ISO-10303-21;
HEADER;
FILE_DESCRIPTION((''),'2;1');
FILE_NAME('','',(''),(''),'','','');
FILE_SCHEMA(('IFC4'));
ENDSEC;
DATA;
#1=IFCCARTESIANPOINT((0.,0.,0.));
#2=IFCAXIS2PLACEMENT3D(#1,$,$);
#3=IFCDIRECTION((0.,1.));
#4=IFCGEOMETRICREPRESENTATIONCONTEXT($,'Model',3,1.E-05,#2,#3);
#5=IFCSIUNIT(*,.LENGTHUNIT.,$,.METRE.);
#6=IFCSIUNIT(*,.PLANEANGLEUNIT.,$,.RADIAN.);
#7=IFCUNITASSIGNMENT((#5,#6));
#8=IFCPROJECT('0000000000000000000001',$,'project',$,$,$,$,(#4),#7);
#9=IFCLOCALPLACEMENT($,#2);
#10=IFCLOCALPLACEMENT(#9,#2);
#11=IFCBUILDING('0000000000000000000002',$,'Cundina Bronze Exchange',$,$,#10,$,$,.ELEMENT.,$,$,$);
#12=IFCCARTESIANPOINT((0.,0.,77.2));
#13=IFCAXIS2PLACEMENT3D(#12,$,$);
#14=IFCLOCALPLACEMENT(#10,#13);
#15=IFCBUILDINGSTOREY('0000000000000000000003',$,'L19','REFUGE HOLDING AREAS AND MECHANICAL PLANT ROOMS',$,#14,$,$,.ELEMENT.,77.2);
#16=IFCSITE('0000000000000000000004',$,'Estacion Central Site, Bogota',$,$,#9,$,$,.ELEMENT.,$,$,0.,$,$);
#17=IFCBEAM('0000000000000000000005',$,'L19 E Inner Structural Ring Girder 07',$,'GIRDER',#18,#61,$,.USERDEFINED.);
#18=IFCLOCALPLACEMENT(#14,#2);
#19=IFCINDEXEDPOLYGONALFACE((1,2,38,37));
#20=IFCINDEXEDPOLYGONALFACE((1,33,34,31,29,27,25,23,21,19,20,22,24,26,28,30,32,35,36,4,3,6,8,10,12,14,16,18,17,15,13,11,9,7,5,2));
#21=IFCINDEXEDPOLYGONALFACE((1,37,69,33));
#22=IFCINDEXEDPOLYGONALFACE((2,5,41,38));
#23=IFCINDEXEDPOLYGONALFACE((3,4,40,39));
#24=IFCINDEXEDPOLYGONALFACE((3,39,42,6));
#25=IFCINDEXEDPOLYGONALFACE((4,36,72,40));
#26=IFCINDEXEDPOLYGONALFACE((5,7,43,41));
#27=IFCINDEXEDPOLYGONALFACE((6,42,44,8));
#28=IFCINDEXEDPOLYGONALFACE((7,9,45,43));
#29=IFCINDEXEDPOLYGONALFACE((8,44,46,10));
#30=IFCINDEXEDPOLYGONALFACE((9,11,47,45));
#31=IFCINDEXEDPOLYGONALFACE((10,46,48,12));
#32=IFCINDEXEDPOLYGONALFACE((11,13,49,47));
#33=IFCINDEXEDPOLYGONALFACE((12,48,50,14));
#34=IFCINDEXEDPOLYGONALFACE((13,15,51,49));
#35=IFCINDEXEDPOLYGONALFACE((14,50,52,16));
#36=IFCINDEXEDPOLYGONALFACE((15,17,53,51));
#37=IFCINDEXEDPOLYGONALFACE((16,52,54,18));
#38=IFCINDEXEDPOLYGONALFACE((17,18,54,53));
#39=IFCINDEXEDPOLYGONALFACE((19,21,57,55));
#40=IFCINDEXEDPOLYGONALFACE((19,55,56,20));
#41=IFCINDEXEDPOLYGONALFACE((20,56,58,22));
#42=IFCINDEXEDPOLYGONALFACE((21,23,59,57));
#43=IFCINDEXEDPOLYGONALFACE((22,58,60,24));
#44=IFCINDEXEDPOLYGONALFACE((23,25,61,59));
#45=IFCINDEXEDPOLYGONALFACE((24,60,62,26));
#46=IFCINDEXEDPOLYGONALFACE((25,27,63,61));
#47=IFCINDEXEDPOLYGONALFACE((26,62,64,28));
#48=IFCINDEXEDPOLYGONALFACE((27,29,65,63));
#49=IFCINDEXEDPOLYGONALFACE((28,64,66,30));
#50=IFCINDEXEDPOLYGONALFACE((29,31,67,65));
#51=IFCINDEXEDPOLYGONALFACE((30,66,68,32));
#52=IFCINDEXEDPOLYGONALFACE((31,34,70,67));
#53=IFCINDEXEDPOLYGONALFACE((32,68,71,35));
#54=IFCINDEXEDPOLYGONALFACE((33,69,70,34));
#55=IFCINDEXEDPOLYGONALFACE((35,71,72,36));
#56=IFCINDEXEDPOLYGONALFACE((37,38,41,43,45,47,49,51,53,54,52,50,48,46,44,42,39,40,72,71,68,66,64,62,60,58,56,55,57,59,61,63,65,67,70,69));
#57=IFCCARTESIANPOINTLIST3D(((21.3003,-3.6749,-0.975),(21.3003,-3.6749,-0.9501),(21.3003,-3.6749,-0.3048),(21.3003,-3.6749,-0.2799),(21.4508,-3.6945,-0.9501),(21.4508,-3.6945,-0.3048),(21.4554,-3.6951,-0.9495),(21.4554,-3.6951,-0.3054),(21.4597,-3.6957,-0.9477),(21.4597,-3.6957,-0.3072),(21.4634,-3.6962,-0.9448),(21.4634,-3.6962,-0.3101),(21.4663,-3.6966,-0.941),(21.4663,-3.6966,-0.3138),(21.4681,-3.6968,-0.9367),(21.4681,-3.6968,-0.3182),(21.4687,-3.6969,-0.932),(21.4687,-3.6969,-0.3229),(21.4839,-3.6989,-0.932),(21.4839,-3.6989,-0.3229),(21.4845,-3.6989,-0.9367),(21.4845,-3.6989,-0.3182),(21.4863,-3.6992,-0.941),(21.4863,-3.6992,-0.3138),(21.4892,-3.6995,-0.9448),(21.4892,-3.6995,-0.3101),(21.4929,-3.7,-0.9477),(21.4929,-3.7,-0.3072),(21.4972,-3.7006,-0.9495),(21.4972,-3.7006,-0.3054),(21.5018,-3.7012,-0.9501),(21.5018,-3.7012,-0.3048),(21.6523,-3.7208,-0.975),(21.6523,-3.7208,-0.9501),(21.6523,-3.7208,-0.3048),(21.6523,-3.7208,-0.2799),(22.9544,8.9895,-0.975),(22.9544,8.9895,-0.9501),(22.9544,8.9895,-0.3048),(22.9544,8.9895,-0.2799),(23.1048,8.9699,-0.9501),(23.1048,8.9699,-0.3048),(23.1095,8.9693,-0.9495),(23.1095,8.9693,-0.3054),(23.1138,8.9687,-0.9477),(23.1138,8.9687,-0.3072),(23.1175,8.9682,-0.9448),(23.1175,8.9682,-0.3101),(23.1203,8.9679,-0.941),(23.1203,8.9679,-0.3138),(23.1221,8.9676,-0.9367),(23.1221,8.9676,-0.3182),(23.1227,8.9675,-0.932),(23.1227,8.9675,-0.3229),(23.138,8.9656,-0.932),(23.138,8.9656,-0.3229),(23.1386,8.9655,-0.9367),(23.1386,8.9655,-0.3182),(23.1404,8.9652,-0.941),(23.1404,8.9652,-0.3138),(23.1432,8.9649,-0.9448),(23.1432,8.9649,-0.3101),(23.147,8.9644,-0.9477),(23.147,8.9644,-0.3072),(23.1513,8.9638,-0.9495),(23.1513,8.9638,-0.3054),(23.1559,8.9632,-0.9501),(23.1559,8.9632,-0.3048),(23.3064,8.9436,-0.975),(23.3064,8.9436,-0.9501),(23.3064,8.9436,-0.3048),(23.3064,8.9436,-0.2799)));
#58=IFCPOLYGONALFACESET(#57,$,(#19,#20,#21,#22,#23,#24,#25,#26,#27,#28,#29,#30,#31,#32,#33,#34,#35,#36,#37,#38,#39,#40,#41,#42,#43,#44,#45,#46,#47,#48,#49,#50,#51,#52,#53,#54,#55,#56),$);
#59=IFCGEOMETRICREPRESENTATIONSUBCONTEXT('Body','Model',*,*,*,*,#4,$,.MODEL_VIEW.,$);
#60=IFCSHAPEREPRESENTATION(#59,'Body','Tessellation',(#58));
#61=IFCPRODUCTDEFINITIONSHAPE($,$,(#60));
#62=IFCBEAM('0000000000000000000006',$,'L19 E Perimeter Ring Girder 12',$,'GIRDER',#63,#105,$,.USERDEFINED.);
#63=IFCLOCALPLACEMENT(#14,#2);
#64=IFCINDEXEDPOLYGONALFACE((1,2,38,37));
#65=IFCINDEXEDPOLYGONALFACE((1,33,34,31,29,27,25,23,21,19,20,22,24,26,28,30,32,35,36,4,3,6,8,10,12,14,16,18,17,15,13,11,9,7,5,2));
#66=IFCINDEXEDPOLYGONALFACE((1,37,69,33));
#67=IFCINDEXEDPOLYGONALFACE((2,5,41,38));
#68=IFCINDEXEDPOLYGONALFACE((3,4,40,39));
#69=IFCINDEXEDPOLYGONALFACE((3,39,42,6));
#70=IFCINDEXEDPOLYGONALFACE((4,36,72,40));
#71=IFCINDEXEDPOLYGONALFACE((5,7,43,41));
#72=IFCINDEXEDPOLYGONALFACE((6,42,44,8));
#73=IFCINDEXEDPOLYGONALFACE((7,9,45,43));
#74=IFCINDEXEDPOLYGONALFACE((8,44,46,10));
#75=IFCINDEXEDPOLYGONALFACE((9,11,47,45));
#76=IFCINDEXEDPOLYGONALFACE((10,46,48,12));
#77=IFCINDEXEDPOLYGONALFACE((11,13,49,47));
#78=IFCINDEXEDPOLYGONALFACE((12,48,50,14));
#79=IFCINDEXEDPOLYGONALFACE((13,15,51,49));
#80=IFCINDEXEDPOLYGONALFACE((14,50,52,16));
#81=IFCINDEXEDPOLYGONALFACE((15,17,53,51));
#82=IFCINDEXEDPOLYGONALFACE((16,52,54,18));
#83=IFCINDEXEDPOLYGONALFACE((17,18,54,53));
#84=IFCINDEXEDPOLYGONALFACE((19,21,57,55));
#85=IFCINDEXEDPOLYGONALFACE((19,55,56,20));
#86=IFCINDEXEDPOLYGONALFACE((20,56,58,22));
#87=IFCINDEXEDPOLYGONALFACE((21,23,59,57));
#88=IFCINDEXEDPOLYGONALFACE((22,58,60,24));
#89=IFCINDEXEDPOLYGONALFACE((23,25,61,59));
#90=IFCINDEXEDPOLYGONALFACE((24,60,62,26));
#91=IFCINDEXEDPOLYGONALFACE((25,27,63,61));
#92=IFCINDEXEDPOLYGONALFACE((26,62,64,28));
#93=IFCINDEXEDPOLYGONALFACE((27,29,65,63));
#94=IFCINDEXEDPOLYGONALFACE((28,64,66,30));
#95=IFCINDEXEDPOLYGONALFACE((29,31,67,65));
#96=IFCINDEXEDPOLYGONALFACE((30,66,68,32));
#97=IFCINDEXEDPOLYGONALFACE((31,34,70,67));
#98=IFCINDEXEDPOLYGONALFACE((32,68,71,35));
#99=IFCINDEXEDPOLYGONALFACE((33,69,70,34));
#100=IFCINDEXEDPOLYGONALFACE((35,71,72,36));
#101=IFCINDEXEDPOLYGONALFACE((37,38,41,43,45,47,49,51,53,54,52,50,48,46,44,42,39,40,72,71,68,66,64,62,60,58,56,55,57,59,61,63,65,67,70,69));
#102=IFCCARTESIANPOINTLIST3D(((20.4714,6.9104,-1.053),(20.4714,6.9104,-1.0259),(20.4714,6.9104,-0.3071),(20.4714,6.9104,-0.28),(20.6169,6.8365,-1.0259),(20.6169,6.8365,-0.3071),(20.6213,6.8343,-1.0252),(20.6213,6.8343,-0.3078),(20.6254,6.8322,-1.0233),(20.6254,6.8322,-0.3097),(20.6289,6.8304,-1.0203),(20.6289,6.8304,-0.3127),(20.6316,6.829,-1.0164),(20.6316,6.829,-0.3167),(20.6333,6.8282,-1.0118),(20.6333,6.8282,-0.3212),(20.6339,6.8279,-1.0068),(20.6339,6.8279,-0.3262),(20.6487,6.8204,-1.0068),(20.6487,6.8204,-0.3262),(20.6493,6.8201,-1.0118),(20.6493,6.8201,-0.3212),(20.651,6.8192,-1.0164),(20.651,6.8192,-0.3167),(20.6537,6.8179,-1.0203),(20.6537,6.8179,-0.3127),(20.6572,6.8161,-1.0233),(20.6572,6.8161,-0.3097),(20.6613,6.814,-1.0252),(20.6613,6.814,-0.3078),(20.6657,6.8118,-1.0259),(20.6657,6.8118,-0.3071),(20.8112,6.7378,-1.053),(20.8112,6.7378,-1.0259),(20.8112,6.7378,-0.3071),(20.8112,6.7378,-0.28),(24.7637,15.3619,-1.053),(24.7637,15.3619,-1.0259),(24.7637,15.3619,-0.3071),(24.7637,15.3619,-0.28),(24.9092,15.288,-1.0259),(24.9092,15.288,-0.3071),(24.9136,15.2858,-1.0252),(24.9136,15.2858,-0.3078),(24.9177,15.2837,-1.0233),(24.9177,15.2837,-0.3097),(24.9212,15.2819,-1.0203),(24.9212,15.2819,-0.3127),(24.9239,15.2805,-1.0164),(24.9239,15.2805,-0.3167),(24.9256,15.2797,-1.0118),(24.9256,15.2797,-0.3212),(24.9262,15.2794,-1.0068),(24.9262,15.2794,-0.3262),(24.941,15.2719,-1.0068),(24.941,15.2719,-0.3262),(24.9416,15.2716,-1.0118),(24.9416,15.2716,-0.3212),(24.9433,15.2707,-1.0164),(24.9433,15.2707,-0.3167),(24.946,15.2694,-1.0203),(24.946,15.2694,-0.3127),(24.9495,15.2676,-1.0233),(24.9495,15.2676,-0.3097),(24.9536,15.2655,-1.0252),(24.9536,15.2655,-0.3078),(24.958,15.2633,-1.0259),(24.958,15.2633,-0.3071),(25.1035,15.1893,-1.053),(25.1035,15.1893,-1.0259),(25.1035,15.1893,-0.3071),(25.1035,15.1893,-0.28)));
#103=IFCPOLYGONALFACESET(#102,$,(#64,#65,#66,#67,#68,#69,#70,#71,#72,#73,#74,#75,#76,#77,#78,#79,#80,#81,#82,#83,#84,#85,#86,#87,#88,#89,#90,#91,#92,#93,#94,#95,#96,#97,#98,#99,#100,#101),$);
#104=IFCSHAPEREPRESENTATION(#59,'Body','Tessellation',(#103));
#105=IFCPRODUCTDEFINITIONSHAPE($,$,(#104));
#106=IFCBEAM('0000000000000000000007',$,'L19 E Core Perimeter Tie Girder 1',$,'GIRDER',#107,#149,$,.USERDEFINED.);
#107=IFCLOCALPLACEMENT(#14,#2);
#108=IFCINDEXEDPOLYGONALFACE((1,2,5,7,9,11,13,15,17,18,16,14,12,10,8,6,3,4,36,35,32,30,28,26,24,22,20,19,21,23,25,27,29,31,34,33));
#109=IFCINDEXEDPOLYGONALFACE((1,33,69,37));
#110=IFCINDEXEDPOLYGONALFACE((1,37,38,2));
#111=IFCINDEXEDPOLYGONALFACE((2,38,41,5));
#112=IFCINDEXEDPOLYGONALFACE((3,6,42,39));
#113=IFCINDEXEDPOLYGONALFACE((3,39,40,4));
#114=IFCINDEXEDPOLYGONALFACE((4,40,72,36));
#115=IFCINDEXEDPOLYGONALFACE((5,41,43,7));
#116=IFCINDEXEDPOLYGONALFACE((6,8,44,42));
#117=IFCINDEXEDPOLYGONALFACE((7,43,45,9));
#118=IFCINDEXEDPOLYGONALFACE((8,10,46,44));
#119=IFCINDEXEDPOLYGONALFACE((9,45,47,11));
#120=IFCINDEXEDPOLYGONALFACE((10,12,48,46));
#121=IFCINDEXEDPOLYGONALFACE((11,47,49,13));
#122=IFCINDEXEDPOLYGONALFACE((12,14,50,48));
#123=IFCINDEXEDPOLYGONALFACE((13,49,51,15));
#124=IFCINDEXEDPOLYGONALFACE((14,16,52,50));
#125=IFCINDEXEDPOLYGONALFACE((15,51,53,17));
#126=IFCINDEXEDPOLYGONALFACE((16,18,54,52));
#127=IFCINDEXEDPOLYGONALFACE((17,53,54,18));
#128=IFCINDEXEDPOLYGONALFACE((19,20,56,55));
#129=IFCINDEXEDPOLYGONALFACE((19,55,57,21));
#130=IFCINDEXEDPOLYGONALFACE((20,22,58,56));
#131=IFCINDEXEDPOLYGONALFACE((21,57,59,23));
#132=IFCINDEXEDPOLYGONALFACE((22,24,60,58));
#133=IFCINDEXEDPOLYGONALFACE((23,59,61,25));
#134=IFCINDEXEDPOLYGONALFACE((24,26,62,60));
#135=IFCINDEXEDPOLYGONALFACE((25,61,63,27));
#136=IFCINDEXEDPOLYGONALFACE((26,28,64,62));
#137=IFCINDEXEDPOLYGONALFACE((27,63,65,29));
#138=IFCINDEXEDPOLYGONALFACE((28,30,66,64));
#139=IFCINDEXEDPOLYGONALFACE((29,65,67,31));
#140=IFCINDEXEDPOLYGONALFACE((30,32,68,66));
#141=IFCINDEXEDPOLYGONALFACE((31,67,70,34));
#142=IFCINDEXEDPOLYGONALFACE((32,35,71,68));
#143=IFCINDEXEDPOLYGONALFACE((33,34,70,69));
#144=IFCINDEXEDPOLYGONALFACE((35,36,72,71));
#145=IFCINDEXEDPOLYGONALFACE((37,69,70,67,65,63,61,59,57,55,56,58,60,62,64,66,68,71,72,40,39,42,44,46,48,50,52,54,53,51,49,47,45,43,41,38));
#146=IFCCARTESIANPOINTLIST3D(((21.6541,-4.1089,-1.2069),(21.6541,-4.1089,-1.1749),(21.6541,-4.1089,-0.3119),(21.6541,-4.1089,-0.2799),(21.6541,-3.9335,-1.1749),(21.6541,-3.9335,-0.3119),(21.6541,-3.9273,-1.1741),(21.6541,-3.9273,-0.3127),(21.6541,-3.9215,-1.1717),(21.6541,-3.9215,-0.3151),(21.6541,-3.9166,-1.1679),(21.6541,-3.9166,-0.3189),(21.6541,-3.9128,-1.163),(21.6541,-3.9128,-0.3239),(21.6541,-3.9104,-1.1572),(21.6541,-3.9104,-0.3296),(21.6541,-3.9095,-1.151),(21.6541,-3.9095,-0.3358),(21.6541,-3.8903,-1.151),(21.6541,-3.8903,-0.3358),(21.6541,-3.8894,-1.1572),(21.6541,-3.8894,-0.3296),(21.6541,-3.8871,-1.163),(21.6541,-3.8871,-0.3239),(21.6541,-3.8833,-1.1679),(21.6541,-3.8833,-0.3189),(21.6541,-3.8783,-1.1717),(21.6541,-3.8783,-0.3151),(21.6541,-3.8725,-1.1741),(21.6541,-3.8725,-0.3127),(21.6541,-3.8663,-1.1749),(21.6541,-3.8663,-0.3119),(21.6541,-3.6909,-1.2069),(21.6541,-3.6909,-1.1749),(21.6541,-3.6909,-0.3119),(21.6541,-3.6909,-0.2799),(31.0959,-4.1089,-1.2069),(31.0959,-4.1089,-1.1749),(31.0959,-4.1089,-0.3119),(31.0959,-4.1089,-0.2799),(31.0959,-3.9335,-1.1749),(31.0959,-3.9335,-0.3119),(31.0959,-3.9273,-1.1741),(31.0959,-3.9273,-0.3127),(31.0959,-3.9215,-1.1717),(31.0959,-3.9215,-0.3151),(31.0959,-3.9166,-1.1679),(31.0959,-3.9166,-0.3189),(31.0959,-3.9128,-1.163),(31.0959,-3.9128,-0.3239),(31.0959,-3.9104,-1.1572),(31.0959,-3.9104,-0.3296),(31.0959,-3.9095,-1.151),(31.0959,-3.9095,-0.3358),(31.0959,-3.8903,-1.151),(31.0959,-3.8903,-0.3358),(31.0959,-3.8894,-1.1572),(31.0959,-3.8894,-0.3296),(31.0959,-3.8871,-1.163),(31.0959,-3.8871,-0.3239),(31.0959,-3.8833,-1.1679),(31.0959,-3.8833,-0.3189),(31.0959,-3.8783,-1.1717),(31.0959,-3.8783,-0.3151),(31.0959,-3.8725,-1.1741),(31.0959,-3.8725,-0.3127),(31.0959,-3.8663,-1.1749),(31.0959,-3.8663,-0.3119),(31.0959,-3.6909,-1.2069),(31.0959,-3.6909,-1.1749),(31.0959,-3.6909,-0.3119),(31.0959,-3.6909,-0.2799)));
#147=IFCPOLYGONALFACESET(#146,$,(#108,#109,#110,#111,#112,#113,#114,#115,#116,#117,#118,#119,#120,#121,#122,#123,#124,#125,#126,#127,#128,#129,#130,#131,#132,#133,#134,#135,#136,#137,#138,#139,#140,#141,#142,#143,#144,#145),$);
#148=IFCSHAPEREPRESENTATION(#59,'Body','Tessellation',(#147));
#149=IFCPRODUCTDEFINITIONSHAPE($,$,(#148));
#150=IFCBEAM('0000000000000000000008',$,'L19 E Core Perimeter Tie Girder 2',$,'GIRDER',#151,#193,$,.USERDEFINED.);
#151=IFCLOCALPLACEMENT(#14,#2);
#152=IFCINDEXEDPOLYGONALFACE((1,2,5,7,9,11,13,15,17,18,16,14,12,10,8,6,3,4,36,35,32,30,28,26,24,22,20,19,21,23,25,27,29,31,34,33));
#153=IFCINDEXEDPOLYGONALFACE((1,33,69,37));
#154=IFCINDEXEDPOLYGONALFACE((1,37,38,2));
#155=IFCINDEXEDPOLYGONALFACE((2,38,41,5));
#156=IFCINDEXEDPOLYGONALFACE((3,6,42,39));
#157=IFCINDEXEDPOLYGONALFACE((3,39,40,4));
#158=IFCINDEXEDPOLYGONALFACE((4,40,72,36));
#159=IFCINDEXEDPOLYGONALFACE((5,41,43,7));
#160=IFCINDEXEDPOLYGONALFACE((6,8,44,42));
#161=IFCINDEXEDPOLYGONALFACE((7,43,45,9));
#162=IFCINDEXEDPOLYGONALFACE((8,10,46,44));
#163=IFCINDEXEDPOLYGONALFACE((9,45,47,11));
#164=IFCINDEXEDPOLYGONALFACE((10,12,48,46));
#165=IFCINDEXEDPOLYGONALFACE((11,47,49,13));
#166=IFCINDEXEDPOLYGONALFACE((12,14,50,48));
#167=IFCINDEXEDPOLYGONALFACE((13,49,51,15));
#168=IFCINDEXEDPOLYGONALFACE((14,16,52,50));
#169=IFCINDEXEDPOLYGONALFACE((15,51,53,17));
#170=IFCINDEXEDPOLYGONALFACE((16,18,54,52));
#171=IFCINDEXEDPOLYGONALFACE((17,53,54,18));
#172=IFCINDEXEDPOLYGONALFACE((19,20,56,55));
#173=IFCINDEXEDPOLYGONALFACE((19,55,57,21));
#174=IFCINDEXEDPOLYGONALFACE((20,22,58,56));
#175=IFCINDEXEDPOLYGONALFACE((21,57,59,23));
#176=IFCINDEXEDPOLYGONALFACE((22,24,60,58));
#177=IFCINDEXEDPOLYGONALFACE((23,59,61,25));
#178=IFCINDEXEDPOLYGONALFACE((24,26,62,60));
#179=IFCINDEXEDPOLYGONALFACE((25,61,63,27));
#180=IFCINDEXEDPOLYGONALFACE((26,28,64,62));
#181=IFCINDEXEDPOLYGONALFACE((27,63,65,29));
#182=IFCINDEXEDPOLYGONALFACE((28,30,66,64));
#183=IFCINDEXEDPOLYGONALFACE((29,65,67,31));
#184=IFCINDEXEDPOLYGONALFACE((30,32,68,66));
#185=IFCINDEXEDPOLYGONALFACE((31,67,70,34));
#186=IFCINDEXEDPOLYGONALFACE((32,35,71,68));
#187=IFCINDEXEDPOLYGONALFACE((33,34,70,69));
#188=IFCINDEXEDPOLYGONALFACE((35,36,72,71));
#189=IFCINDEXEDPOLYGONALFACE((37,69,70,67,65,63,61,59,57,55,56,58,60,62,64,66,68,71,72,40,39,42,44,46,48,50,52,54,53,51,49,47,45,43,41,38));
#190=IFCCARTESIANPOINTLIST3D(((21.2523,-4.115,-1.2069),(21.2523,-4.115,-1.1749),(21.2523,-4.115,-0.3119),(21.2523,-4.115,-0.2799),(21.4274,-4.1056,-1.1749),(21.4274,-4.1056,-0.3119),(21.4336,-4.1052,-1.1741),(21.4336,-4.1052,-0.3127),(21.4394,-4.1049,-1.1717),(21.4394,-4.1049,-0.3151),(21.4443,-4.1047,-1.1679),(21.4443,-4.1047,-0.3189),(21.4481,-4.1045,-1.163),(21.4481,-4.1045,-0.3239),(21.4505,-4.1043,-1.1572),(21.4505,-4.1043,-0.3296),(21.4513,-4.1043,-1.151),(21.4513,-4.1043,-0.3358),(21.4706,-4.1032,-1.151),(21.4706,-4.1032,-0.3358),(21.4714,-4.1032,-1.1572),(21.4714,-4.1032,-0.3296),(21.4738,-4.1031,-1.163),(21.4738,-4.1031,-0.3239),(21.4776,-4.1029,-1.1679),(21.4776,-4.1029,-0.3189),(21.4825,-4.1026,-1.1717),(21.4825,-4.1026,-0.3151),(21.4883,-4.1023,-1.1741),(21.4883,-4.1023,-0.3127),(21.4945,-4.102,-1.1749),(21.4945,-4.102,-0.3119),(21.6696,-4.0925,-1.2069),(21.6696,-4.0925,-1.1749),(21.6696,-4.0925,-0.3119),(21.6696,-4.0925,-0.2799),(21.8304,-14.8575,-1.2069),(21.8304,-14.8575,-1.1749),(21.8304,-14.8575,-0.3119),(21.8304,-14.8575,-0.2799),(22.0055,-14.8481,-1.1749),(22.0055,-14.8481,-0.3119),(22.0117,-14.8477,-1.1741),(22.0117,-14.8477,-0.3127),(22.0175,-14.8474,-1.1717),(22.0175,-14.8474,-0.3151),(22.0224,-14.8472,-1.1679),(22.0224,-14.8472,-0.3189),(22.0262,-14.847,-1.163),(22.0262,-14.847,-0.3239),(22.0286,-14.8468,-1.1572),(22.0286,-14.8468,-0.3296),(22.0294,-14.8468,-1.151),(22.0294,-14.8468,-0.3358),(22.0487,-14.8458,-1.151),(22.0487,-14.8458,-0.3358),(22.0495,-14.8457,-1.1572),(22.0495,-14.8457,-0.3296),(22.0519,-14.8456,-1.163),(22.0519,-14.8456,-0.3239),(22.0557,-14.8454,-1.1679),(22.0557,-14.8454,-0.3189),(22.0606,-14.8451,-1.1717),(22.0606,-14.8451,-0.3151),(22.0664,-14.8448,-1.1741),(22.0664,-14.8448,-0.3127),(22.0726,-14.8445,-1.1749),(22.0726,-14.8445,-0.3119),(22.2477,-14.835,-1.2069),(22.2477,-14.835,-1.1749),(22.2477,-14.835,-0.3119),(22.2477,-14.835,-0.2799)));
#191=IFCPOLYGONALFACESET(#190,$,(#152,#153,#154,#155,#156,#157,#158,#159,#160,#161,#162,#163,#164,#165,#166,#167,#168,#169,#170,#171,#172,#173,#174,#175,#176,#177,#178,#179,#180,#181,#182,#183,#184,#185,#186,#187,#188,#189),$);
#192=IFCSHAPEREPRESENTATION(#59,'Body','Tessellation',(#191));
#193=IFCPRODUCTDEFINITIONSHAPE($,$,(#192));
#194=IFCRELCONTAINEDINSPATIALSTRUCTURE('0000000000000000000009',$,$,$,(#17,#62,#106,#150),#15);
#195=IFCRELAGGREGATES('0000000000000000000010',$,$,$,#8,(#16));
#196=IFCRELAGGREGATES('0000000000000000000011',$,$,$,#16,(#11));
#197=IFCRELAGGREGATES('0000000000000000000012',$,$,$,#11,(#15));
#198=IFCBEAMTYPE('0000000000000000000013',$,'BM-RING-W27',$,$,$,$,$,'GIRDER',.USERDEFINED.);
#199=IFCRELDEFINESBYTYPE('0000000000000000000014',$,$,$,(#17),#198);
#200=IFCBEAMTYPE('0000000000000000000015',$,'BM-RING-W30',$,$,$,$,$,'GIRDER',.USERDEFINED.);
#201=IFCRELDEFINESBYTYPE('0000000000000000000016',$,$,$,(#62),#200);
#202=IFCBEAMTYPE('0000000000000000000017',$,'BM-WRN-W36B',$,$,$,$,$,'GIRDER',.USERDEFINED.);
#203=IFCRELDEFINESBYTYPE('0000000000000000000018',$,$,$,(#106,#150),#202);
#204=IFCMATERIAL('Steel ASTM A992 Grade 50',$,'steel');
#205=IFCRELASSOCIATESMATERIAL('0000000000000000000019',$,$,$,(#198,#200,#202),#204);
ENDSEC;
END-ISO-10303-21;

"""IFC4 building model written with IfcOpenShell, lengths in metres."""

from ifc_helpers import new_model, si_unit, direction, frame, origin, origin_2d, place, context, subcontext, project, spatial, i_section, extrude, material, material_profile, profile_set, type_object, element, save


model = new_model("IFC4")

# Units and contexts
model_context = context("Model", 3, precision=1e-05, world=origin(), true_north=direction((0.0, 1.0)))
body_context = subcontext(model_context, "Body", "Model", "MODEL_VIEW")
ifc_project = project(units=[si_unit("LENGTHUNIT", "METRE"), si_unit("PLANEANGLEUNIT", "RADIAN")], contexts=[model_context])

# Site, building, storey
site_placement = place(None, origin())
site = spatial("IfcSite", under=ifc_project, at=site_placement, Name="Estacion Central Site, Bogota", CompositionType="ELEMENT", RefElevation=0.0)
building_placement = place(site_placement, origin())
building = spatial("IfcBuilding", under=site, at=building_placement, Name="Cundina Bronze Exchange", CompositionType="ELEMENT")
storey_placement = place(building_placement, frame((0.0, 0.0, 77.2)))
storey = spatial("IfcBuildingStorey", under=building, at=storey_placement, Name="L19", Description="REFUGE HOLDING AREAS AND MECHANICAL PLANT ROOMS", CompositionType="ELEMENT", Elevation=77.2)

# Shared definitions
ifc_material_1 = material(Name="Steel ASTM A992 Grade 50", Category="steel")

# Beams
ifc_material_profile_1 = material_profile(ifc_material_1, i_section(OverallWidth=0.355, OverallDepth=0.6951, WebThickness=0.0154, FlangeThickness=0.0249, FilletRadius=0.0181, at=origin_2d()), Name="W27X146", Category="steel")
ifc_profile_set_1 = profile_set([ifc_material_profile_1], Name="Steel ASTM A992 Grade 50")
beam_type_1 = type_object("IfcBeamType", Name="BM-RING-W27", ElementType="GIRDER", PredefinedType="USERDEFINED", material=ifc_profile_set_1)
beam_1_placement = place(storey_placement, frame((23.1304, 8.9666, -0.6274), z_axis=(-0.129508, -0.991578, 0.0), x_axis=(0.991578, -0.129508, 0.0)))
element("IfcBeam", 1, at=beam_1_placement, inside=storey, type_object=beam_type_1, Name="L19 E Inner Structural Ring Girder 07", ObjectType="GIRDER", PredefinedType="USERDEFINED", context=body_context, shape_type="SweptSolid", body=[
    extrude(i_section(OverallWidth=0.355, OverallDepth=0.6951, WebThickness=0.0154, FlangeThickness=0.0249, FilletRadius=0.0181, at=origin_2d()), origin(), (0.0, 0.0, 1.0), 12.772),
])
ifc_material_profile_2 = material_profile(ifc_material_1, i_section(OverallWidth=0.3811, OverallDepth=0.7729, WebThickness=0.0166, FlangeThickness=0.0271, FilletRadius=0.019, at=origin_2d()), Name="W30X173", Category="steel")
ifc_profile_set_2 = profile_set([ifc_material_profile_2], Name="Steel ASTM A992 Grade 50")
beam_type_2 = type_object("IfcBeamType", Name="BM-RING-W30", ElementType="GIRDER", PredefinedType="USERDEFINED", material=ifc_profile_set_2)
beam_2_placement = place(storey_placement, frame((24.9336, 15.2756, -0.6665), z_axis=(-0.45282, -0.891602, 0.0), x_axis=(0.891602, -0.45282, 0.0)))
element("IfcBeam", 2, at=beam_2_placement, inside=storey, type_object=beam_type_2, Name="L19 E Perimeter Ring Girder 12", ObjectType="GIRDER", PredefinedType="USERDEFINED", context=body_context, shape_type="SweptSolid", body=[
    extrude(i_section(OverallWidth=0.3811, OverallDepth=0.7729, WebThickness=0.0166, FlangeThickness=0.0271, FilletRadius=0.019, at=origin_2d()), origin(), (0.0, 0.0, 1.0), 9.479),
])
ifc_material_profile_3 = material_profile(ifc_material_1, i_section(OverallWidth=0.418, OverallDepth=0.927, WebThickness=0.0193, FlangeThickness=0.032, FilletRadius=0.0239, at=origin_2d()), Name="W36X231", Category="steel")
ifc_profile_set_3 = profile_set([ifc_material_profile_3], Name="Steel ASTM A992 Grade 50")
beam_type_3 = type_object("IfcBeamType", Name="BM-WRN-W36B", ElementType="GIRDER", PredefinedType="USERDEFINED", material=ifc_profile_set_3)
beam_3_placement = place(storey_placement, frame((31.0959, -3.8999, -0.7434), z_axis=(-1.0, 0.0, 0.0), x_axis=(0.0, -1.0, 0.0)))
element("IfcBeam", 3, at=beam_3_placement, inside=storey, type_object=beam_type_3, Name="L19 E Core Perimeter Tie Girder 1", ObjectType="GIRDER", PredefinedType="USERDEFINED", context=body_context, shape_type="SweptSolid", body=[
    extrude(i_section(OverallWidth=0.418, OverallDepth=0.927, WebThickness=0.0193, FlangeThickness=0.032, FilletRadius=0.0239, at=origin_2d()), origin(), (0.0, 0.0, 1.0), 9.4419),
])
beam_4_placement = place(storey_placement, frame((21.4609, -4.1038, -0.7434), z_axis=(0.053739, -0.998555, 0.0), x_axis=(0.998555, 0.053739, 0.0)))
element("IfcBeam", 4, at=beam_4_placement, inside=storey, type_object=beam_type_3, Name="L19 E Core Perimeter Tie Girder 2", ObjectType="GIRDER", PredefinedType="USERDEFINED", context=body_context, shape_type="SweptSolid", body=[
    extrude(i_section(OverallWidth=0.418, OverallDepth=0.927, WebThickness=0.0193, FlangeThickness=0.032, FilletRadius=0.0239, at=origin_2d()), origin(), (0.0, 0.0, 1.0), 10.7581),
])

save(model, "model.ifc")
